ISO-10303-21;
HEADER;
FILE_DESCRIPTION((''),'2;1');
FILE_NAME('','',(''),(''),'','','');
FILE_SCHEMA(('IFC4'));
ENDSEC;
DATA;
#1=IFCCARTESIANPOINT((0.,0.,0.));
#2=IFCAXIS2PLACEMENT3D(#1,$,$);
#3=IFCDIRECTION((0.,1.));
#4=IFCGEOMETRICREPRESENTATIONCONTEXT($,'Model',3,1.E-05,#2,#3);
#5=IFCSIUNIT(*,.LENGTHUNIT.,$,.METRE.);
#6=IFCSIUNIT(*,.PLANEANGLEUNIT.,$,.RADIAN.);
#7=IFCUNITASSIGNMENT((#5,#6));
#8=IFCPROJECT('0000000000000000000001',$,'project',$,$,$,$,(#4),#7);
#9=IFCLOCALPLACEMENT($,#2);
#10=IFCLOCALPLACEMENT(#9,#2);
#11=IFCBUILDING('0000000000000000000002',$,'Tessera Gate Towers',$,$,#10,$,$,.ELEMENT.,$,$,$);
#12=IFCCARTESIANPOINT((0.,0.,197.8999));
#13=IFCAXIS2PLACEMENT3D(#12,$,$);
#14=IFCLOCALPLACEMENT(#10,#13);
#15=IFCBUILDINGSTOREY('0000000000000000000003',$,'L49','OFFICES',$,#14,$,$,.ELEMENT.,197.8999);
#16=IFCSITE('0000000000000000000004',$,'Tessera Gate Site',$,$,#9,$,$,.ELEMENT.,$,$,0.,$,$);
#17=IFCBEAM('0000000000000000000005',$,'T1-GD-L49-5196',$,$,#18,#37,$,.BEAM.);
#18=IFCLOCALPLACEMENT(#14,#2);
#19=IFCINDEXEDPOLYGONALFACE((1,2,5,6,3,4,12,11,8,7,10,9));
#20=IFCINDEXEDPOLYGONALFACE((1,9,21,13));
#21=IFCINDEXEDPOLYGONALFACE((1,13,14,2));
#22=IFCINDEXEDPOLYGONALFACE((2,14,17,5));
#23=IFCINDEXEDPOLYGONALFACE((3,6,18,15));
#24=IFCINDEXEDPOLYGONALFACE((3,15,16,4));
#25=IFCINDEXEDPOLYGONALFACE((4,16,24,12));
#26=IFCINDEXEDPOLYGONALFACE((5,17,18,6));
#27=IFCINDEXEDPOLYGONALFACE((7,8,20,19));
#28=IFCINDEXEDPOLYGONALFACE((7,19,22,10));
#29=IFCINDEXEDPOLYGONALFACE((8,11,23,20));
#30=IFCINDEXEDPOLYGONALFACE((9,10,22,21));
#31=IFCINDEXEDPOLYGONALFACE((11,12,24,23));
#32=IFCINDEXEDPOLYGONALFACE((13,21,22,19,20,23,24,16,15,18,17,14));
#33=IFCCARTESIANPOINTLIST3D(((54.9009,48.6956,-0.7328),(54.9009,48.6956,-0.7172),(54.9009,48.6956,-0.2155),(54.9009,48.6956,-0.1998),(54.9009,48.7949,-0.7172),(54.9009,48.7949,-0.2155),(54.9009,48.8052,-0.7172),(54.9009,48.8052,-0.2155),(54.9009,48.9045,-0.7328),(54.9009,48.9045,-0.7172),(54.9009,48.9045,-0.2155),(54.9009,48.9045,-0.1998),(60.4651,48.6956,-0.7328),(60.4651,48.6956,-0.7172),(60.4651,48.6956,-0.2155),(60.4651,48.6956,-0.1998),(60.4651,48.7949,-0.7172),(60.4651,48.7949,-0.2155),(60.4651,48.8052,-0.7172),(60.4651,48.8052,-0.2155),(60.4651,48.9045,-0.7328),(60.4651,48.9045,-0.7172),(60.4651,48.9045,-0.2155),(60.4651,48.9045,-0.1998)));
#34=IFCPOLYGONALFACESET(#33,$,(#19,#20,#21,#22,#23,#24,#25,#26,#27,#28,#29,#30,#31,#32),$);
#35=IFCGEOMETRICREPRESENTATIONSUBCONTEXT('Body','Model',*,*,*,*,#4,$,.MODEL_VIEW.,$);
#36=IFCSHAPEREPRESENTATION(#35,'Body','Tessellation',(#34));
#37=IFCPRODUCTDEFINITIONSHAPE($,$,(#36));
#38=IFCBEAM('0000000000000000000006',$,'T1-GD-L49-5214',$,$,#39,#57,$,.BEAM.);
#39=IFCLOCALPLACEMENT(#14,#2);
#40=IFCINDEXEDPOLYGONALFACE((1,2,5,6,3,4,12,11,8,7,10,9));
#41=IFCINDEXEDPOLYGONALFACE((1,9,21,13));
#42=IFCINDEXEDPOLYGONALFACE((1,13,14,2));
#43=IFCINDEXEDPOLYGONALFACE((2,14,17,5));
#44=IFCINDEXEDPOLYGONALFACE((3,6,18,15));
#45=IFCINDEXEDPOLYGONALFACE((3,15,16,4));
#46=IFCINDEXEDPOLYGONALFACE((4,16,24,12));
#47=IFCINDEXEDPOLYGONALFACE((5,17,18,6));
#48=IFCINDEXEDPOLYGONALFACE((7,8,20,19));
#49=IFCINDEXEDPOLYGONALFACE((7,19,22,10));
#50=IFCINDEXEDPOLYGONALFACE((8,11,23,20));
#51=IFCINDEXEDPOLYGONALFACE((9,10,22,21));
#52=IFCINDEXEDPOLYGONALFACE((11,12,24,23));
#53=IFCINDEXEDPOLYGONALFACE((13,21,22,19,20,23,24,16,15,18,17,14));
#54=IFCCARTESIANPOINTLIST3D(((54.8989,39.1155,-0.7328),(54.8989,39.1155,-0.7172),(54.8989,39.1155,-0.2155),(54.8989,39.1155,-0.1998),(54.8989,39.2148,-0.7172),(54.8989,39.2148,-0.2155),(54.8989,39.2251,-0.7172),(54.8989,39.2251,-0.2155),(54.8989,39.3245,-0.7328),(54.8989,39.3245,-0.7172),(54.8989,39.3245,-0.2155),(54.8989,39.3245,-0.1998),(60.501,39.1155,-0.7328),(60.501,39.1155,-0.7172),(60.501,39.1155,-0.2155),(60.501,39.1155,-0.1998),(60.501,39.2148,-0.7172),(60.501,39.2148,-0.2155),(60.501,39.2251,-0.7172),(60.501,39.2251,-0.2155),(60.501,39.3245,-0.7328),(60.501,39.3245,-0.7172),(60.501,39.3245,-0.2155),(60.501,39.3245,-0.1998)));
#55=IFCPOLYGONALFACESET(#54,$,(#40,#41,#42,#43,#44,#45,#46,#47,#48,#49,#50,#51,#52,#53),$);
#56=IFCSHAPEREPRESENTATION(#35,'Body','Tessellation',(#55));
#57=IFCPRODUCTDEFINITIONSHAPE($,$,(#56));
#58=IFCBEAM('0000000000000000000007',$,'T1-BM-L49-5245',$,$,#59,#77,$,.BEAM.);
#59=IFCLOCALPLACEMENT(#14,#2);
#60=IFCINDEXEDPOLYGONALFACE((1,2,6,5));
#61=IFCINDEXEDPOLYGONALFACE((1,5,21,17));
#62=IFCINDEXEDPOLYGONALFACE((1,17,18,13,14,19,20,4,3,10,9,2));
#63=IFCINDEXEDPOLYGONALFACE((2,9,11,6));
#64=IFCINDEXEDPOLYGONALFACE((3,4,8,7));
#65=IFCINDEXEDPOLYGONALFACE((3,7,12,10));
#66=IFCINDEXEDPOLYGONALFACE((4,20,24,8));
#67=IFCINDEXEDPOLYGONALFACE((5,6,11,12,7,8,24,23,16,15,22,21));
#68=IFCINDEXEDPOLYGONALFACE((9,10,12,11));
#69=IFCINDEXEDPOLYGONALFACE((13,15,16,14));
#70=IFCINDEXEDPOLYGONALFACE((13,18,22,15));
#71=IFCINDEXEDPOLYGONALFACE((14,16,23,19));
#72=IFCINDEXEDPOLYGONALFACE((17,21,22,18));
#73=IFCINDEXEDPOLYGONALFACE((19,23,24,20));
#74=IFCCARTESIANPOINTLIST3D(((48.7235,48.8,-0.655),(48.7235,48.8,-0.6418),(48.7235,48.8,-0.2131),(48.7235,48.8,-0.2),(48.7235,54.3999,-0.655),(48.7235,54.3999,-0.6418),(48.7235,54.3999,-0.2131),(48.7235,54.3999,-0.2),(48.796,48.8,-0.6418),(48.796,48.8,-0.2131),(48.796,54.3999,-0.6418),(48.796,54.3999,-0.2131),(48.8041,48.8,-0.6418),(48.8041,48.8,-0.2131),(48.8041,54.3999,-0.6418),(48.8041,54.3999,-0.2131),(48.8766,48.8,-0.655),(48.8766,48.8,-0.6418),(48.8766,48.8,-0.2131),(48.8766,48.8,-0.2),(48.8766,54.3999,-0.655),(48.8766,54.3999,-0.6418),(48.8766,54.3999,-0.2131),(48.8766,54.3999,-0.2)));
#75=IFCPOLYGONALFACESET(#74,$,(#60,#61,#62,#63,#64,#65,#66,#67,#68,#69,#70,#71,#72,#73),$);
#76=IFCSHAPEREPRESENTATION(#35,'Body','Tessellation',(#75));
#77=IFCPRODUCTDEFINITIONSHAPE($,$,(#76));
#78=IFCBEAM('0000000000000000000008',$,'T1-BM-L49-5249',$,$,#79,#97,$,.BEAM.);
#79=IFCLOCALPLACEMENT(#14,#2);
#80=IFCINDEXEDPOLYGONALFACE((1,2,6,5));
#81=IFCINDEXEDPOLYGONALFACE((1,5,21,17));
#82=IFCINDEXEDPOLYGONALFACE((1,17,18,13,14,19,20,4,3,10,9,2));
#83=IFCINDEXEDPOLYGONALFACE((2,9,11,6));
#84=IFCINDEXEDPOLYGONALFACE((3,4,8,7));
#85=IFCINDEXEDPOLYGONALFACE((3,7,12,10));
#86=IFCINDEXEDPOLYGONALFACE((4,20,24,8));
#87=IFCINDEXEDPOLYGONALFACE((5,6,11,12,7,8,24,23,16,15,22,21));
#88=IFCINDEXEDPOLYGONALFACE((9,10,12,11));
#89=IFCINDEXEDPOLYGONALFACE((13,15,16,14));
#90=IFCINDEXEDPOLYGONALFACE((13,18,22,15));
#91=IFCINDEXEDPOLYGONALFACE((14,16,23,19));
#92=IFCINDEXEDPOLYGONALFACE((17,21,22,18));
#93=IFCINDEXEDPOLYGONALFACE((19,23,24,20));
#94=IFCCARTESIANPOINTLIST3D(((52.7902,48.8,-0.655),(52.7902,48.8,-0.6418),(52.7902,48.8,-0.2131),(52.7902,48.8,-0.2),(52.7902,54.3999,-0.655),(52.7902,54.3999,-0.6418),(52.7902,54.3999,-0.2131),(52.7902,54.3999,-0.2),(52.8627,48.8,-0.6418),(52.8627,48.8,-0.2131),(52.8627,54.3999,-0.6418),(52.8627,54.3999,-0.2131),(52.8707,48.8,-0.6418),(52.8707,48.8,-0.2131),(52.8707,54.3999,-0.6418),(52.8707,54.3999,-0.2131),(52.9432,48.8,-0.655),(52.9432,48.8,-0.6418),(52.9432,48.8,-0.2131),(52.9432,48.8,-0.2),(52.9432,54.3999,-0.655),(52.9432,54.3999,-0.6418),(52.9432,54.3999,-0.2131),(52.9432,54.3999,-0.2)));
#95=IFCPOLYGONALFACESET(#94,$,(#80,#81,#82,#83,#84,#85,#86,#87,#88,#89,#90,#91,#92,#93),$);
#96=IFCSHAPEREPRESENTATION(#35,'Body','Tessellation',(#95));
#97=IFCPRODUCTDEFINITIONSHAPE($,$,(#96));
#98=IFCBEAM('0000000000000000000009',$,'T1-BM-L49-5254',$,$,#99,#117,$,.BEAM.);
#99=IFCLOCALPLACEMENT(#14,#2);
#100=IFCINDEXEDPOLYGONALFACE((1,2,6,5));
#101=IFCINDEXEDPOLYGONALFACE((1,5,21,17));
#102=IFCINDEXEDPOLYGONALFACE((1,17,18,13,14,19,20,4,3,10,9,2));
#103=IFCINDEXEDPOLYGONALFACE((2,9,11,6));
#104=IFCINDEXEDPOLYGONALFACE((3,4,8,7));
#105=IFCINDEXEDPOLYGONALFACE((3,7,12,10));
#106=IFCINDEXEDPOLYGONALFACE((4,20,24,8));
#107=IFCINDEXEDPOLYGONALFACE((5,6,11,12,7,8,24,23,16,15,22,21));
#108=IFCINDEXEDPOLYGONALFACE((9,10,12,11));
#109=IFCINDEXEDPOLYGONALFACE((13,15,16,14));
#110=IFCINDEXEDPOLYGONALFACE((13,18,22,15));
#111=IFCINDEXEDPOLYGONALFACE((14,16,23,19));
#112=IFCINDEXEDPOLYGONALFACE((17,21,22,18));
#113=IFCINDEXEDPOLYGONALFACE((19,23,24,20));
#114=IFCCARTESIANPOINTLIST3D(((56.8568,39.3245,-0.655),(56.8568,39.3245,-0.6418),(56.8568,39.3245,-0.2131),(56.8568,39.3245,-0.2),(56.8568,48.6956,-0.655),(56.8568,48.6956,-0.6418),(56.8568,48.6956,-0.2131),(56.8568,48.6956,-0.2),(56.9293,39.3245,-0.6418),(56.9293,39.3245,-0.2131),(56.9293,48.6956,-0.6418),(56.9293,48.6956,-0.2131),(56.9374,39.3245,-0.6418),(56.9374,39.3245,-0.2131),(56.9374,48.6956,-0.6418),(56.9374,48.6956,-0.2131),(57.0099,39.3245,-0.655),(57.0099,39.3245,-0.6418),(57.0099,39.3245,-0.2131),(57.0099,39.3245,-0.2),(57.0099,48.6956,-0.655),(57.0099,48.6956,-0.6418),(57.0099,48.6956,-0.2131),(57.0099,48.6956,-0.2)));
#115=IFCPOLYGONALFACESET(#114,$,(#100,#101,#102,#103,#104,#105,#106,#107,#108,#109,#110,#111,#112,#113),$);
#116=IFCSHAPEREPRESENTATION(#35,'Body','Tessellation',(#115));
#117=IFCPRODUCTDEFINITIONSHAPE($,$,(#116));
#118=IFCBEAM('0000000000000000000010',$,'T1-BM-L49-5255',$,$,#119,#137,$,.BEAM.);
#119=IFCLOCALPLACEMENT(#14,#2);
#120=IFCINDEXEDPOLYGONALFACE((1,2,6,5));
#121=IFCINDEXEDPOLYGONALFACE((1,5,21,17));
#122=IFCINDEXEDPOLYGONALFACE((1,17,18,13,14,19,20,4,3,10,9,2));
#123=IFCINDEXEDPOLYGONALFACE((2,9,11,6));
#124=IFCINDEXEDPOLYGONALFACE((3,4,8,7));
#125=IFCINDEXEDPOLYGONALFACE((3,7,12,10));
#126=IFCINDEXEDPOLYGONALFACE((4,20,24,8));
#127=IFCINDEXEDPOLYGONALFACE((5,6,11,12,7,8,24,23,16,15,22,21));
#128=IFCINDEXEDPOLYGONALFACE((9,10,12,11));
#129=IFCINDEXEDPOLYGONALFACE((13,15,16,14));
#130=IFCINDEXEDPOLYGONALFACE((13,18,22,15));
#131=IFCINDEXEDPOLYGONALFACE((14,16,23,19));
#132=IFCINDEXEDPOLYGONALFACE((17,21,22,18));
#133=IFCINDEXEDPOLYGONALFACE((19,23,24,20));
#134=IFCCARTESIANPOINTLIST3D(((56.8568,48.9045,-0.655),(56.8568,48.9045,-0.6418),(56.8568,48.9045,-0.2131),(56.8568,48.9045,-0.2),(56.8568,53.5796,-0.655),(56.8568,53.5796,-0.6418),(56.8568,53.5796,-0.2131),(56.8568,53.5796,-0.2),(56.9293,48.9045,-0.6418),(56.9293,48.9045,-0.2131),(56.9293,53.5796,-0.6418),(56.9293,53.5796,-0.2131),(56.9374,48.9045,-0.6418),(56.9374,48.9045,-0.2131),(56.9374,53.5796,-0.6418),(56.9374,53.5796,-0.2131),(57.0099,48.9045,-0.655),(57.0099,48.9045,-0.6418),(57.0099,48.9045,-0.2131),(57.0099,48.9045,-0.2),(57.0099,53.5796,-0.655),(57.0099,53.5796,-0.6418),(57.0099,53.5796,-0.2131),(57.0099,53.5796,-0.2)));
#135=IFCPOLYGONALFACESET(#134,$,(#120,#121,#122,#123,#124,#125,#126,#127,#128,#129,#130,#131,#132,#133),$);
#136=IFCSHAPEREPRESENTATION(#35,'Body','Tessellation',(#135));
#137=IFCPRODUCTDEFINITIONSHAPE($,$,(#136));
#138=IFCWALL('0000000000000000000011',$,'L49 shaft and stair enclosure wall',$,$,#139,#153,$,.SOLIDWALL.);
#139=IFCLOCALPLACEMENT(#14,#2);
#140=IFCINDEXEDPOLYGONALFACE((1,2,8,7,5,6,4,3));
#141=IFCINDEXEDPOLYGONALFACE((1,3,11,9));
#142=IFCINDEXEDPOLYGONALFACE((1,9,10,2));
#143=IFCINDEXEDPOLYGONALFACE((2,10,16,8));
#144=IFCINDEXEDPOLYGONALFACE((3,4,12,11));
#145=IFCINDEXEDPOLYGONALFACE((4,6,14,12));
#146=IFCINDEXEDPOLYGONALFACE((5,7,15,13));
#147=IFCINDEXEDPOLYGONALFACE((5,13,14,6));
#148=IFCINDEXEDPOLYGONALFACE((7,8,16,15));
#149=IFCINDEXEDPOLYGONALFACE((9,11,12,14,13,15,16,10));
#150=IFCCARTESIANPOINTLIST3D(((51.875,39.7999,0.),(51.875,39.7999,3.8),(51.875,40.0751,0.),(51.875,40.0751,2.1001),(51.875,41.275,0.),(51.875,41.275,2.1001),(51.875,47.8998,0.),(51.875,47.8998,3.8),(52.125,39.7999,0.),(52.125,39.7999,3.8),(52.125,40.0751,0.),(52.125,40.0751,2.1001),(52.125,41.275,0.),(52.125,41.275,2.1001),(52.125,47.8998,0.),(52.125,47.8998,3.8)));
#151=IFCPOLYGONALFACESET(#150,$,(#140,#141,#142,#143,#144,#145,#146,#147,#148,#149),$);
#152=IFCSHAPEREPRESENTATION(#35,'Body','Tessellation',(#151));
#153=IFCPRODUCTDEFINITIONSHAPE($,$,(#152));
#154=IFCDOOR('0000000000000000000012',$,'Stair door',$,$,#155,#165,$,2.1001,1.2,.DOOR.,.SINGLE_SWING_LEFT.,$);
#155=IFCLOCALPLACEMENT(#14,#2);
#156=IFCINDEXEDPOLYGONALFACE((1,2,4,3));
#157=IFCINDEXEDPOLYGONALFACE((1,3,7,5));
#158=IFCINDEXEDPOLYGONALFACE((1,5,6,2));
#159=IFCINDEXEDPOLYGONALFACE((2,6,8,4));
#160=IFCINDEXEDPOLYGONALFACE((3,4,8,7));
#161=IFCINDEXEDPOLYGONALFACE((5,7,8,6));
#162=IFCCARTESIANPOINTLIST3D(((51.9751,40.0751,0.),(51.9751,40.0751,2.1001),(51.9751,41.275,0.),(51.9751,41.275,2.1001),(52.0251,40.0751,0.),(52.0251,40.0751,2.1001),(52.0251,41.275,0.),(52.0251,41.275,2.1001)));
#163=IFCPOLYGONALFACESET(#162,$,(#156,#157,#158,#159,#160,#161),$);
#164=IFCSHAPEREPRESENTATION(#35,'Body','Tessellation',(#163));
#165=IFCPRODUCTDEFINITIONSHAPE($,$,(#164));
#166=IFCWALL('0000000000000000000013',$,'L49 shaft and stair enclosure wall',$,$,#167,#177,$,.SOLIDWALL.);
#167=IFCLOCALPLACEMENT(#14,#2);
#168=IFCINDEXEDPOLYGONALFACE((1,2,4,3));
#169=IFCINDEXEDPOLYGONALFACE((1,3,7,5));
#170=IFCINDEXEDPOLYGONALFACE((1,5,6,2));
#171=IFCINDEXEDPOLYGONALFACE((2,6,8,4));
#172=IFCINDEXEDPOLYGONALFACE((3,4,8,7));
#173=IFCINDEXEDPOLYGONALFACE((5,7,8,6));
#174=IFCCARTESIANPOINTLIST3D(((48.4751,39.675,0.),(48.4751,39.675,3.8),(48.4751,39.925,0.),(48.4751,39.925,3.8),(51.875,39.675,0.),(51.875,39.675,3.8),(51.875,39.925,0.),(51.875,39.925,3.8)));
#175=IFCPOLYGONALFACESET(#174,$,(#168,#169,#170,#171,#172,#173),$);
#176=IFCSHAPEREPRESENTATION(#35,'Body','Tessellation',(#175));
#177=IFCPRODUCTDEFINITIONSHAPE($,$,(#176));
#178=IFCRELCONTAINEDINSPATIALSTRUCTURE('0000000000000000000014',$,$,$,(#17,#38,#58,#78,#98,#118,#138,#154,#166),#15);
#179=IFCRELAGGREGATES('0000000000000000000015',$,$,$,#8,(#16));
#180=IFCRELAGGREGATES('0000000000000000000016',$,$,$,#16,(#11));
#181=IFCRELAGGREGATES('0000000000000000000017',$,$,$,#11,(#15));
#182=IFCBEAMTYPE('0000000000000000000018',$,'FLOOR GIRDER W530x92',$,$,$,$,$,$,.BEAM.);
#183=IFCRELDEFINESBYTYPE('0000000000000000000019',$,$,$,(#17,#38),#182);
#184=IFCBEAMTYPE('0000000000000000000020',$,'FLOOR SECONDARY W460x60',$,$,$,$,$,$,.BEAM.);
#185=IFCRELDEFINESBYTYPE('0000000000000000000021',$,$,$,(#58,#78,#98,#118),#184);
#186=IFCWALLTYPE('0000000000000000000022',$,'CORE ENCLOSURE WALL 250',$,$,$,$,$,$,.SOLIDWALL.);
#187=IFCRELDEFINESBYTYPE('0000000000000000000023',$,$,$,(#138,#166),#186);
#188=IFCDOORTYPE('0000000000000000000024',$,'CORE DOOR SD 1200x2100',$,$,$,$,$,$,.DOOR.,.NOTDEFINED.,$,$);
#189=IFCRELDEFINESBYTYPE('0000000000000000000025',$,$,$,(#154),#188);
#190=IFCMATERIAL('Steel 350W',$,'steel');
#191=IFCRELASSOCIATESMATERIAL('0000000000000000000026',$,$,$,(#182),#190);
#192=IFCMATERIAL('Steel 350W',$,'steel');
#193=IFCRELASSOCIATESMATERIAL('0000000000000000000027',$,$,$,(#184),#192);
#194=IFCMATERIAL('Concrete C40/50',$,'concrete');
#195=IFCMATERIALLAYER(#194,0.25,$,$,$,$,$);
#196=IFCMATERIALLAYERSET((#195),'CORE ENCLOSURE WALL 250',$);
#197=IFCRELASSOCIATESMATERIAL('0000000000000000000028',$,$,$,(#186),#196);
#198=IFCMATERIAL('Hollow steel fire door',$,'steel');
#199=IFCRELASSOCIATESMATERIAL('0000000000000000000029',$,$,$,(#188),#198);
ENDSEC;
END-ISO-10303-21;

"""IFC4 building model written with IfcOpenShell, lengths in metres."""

from ifc_helpers import new_model, si_unit, direction, frame, frame_2d, origin, origin_2d, place, context, subcontext, project, spatial, rectangle, i_section, extrude, source, transform, mapped, material, layer, layer_set, material_profile, profile_set, type_object, element, fill, save


model = new_model("IFC4")

# Units and contexts
model_context = context("Model", 3, precision=1e-05, world=origin(), true_north=direction((0.0, 1.0)))
body_context = subcontext(model_context, "Body", "Model", "MODEL_VIEW")
ifc_project = project(units=[si_unit("LENGTHUNIT", "METRE"), si_unit("PLANEANGLEUNIT", "RADIAN")], contexts=[model_context])

# Site, building, storey
site_placement = place(None, origin())
site = spatial("IfcSite", under=ifc_project, at=site_placement, Name="Tessera Gate Site", CompositionType="ELEMENT", RefElevation=0.0)
building_placement = place(site_placement, origin())
building = spatial("IfcBuilding", under=site, at=building_placement, Name="Tessera Gate Towers", CompositionType="ELEMENT")
storey_placement = place(building_placement, frame((0.0, 0.0, 197.8999)))
storey = spatial("IfcBuildingStorey", under=building, at=storey_placement, Name="L49", Description="OFFICES", CompositionType="ELEMENT", Elevation=197.8999)

# Beams
ifc_material_1 = material(Name="Steel 350W", Category="steel")
ifc_material_profile_1 = material_profile(ifc_material_1, i_section(OverallWidth=0.209, OverallDepth=0.533, WebThickness=0.0103, FlangeThickness=0.0156, at=origin_2d()), Name="W530x92")
ifc_profile_set_1 = profile_set([ifc_material_profile_1], Name="Steel 350W")
beam_type_1 = type_object("IfcBeamType", Name="FLOOR GIRDER W530x92", PredefinedType="BEAM", material=ifc_profile_set_1)
beam_1_placement = place(storey_placement, frame((54.9009, 48.8, -0.4663), z_axis=(1.0, 0.0, 0.0), x_axis=(0.0, 1.0, 0.0)))
element("IfcBeam", 1, at=beam_1_placement, inside=storey, type_object=beam_type_1, Name="T1-GD-L49-5196", PredefinedType="BEAM", context=body_context, shape_type="SweptSolid", body=[
    extrude(i_section(OverallWidth=0.209, OverallDepth=0.533, WebThickness=0.0103, FlangeThickness=0.0156, at=origin_2d()), origin(), (0.0, 0.0, 1.0), 5.5642),
])
beam_2_placement = place(storey_placement, frame((54.8989, 39.22, -0.4663), z_axis=(1.0, 0.0, 0.0), x_axis=(0.0, 1.0, 0.0)))
element("IfcBeam", 2, at=beam_2_placement, inside=storey, type_object=beam_type_1, Name="T1-GD-L49-5214", PredefinedType="BEAM", context=body_context, shape_type="SweptSolid", body=[
    extrude(i_section(OverallWidth=0.209, OverallDepth=0.533, WebThickness=0.0103, FlangeThickness=0.0156, at=origin_2d()), origin(), (0.0, 0.0, 1.0), 5.6021),
])
ifc_material_2 = material(Name="Steel 350W", Category="steel")
ifc_material_profile_2 = material_profile(ifc_material_2, i_section(OverallWidth=0.1531, OverallDepth=0.4551, WebThickness=0.0081, FlangeThickness=0.0132, at=origin_2d()), Name="W460x60")
ifc_profile_set_2 = profile_set([ifc_material_profile_2], Name="Steel 350W")
beam_type_2 = type_object("IfcBeamType", Name="FLOOR SECONDARY W460x60", PredefinedType="BEAM", material=ifc_profile_set_2)
for number, where, z_axis, x_axis, name in (
    (3, (48.8, 48.8, -0.4275), (0.0, 1.0, 0.0), (-1.0, 0.0, 0.0), "T1-BM-L49-5245"),
    (4, (52.8667, 48.8, -0.4275), (0.0, 1.0, 0.0), (-1.0, 0.0, 0.0), "T1-BM-L49-5249"),
):
    element("IfcBeam", number, at=place(storey_placement, frame(where, z_axis=z_axis, x_axis=x_axis)), inside=storey, type_object=beam_type_2, Name=name, PredefinedType="BEAM", context=body_context, shape_type="SweptSolid", body=[
        extrude(i_section(OverallWidth=0.1531, OverallDepth=0.4551, WebThickness=0.0081, FlangeThickness=0.0132, at=origin_2d()), origin(), (0.0, 0.0, 1.0), 5.5999),
    ])
beam_3_placement = place(storey_placement, frame((56.9333, 39.3245, -0.4275), z_axis=(0.0, 1.0, 0.0), x_axis=(-1.0, 0.0, 0.0)))
element("IfcBeam", 5, at=beam_3_placement, inside=storey, type_object=beam_type_2, Name="T1-BM-L49-5254", PredefinedType="BEAM", context=body_context, shape_type="SweptSolid", body=[
    extrude(i_section(OverallWidth=0.1531, OverallDepth=0.4551, WebThickness=0.0081, FlangeThickness=0.0132, at=origin_2d()), origin(), (0.0, 0.0, 1.0), 9.3711),
])
beam_4_placement = place(storey_placement, frame((56.9333, 48.9045, -0.4275), z_axis=(0.0, 1.0, 0.0), x_axis=(-1.0, 0.0, 0.0)))
element("IfcBeam", 6, at=beam_4_placement, inside=storey, type_object=beam_type_2, Name="T1-BM-L49-5255", PredefinedType="BEAM", context=body_context, shape_type="SweptSolid", body=[
    extrude(i_section(OverallWidth=0.1531, OverallDepth=0.4551, WebThickness=0.0081, FlangeThickness=0.0132, at=origin_2d()), origin(), (0.0, 0.0, 1.0), 4.675),
])

# Wall, opening, door
ifc_material_3 = material(Name="Concrete C40/50", Category="concrete")
ifc_layer_1 = layer(ifc_material_3, 0.25)
ifc_layer_set_1 = layer_set([ifc_layer_1], Name="CORE ENCLOSURE WALL 250")
wall_type_1 = type_object("IfcWallType", Name="CORE ENCLOSURE WALL 250", PredefinedType="SOLIDWALL", material=ifc_layer_set_1)
wall_1_placement = place(storey_placement, frame((52.0, 39.8, 0.0), z_axis=(0.0, 0.0, 1.0), x_axis=(0.0, 1.0, 0.0)))
wall_1 = element("IfcWall", 7, at=wall_1_placement, inside=storey, type_object=wall_type_1, Name="L49 shaft and stair enclosure wall", PredefinedType="SOLIDWALL", context=body_context, shape_type="SweptSolid", body=[
    extrude(rectangle(XDim=8.0999, YDim=0.25, at=frame_2d((4.0498, 0.0))), origin(), (0.0, 0.0, 1.0), 3.8),
])
shared_shape_1 = source(origin(), body_context, "Body", "SweptSolid", [
    extrude(rectangle(XDim=1.2, YDim=2.1001, at=frame_2d((0.6001, 1.05))), frame((0.0, 0.135, 0.0), z_axis=(0.0, -1.0, 0.0), x_axis=(1.0, 0.0, 0.0)), (0.0, 0.0, 1.0), 0.27),
])
opening_1_placement = place(wall_1_placement, frame((0.2749, 0.0, 0.0)))
opening_1 = element("IfcOpeningElement", 8, at=opening_1_placement, cuts=wall_1, PredefinedType="OPENING", context=body_context, shape_type="MappedRepresentation", body=[
    mapped(shared_shape_1, transform((0.0, 0.0, 0.0), scale=1.0)),
])
ifc_material_4 = material(Name="Hollow steel fire door", Category="steel")
door_type_1 = type_object("IfcDoorType", Name="CORE DOOR SD 1200x2100", OperationType="NOTDEFINED", PredefinedType="DOOR", material=ifc_material_4)
shared_shape_2 = source(origin(), body_context, "Body", "SweptSolid", [
    extrude(rectangle(XDim=1.2, YDim=2.1001, at=frame_2d((0.6001, 1.05))), frame((0.0, 0.0249, 0.0), z_axis=(0.0, -1.0, 0.0), x_axis=(1.0, 0.0, 0.0)), (0.0, 0.0, 1.0), 0.05),
])
door_1_placement = place(opening_1_placement, origin())
door_1 = element("IfcDoor", 9, at=door_1_placement, inside=storey, type_object=door_type_1, Name="Stair door", OperationType="SINGLE_SWING_LEFT", OverallHeight=2.1001, OverallWidth=1.2, PredefinedType="DOOR", context=body_context, shape_type="MappedRepresentation", body=[
    mapped(shared_shape_2, transform((0.0, 0.0, 0.0), scale=1.0)),
])
fill(opening_1, door_1)

# Wall
wall_2_placement = place(storey_placement, frame((48.4751, 39.8, 0.0), z_axis=(0.0, 0.0, 1.0), x_axis=(1.0, 0.0, 0.0)))
element("IfcWall", 10, at=wall_2_placement, inside=storey, type_object=wall_type_1, Name="L49 shaft and stair enclosure wall", PredefinedType="SOLIDWALL", context=body_context, shape_type="SweptSolid", body=[
    extrude(rectangle(XDim=3.3999, YDim=0.25, at=frame_2d((1.7, 0.0))), origin(), (0.0, 0.0, 1.0), 3.8),
])

save(model, "model.ifc")
